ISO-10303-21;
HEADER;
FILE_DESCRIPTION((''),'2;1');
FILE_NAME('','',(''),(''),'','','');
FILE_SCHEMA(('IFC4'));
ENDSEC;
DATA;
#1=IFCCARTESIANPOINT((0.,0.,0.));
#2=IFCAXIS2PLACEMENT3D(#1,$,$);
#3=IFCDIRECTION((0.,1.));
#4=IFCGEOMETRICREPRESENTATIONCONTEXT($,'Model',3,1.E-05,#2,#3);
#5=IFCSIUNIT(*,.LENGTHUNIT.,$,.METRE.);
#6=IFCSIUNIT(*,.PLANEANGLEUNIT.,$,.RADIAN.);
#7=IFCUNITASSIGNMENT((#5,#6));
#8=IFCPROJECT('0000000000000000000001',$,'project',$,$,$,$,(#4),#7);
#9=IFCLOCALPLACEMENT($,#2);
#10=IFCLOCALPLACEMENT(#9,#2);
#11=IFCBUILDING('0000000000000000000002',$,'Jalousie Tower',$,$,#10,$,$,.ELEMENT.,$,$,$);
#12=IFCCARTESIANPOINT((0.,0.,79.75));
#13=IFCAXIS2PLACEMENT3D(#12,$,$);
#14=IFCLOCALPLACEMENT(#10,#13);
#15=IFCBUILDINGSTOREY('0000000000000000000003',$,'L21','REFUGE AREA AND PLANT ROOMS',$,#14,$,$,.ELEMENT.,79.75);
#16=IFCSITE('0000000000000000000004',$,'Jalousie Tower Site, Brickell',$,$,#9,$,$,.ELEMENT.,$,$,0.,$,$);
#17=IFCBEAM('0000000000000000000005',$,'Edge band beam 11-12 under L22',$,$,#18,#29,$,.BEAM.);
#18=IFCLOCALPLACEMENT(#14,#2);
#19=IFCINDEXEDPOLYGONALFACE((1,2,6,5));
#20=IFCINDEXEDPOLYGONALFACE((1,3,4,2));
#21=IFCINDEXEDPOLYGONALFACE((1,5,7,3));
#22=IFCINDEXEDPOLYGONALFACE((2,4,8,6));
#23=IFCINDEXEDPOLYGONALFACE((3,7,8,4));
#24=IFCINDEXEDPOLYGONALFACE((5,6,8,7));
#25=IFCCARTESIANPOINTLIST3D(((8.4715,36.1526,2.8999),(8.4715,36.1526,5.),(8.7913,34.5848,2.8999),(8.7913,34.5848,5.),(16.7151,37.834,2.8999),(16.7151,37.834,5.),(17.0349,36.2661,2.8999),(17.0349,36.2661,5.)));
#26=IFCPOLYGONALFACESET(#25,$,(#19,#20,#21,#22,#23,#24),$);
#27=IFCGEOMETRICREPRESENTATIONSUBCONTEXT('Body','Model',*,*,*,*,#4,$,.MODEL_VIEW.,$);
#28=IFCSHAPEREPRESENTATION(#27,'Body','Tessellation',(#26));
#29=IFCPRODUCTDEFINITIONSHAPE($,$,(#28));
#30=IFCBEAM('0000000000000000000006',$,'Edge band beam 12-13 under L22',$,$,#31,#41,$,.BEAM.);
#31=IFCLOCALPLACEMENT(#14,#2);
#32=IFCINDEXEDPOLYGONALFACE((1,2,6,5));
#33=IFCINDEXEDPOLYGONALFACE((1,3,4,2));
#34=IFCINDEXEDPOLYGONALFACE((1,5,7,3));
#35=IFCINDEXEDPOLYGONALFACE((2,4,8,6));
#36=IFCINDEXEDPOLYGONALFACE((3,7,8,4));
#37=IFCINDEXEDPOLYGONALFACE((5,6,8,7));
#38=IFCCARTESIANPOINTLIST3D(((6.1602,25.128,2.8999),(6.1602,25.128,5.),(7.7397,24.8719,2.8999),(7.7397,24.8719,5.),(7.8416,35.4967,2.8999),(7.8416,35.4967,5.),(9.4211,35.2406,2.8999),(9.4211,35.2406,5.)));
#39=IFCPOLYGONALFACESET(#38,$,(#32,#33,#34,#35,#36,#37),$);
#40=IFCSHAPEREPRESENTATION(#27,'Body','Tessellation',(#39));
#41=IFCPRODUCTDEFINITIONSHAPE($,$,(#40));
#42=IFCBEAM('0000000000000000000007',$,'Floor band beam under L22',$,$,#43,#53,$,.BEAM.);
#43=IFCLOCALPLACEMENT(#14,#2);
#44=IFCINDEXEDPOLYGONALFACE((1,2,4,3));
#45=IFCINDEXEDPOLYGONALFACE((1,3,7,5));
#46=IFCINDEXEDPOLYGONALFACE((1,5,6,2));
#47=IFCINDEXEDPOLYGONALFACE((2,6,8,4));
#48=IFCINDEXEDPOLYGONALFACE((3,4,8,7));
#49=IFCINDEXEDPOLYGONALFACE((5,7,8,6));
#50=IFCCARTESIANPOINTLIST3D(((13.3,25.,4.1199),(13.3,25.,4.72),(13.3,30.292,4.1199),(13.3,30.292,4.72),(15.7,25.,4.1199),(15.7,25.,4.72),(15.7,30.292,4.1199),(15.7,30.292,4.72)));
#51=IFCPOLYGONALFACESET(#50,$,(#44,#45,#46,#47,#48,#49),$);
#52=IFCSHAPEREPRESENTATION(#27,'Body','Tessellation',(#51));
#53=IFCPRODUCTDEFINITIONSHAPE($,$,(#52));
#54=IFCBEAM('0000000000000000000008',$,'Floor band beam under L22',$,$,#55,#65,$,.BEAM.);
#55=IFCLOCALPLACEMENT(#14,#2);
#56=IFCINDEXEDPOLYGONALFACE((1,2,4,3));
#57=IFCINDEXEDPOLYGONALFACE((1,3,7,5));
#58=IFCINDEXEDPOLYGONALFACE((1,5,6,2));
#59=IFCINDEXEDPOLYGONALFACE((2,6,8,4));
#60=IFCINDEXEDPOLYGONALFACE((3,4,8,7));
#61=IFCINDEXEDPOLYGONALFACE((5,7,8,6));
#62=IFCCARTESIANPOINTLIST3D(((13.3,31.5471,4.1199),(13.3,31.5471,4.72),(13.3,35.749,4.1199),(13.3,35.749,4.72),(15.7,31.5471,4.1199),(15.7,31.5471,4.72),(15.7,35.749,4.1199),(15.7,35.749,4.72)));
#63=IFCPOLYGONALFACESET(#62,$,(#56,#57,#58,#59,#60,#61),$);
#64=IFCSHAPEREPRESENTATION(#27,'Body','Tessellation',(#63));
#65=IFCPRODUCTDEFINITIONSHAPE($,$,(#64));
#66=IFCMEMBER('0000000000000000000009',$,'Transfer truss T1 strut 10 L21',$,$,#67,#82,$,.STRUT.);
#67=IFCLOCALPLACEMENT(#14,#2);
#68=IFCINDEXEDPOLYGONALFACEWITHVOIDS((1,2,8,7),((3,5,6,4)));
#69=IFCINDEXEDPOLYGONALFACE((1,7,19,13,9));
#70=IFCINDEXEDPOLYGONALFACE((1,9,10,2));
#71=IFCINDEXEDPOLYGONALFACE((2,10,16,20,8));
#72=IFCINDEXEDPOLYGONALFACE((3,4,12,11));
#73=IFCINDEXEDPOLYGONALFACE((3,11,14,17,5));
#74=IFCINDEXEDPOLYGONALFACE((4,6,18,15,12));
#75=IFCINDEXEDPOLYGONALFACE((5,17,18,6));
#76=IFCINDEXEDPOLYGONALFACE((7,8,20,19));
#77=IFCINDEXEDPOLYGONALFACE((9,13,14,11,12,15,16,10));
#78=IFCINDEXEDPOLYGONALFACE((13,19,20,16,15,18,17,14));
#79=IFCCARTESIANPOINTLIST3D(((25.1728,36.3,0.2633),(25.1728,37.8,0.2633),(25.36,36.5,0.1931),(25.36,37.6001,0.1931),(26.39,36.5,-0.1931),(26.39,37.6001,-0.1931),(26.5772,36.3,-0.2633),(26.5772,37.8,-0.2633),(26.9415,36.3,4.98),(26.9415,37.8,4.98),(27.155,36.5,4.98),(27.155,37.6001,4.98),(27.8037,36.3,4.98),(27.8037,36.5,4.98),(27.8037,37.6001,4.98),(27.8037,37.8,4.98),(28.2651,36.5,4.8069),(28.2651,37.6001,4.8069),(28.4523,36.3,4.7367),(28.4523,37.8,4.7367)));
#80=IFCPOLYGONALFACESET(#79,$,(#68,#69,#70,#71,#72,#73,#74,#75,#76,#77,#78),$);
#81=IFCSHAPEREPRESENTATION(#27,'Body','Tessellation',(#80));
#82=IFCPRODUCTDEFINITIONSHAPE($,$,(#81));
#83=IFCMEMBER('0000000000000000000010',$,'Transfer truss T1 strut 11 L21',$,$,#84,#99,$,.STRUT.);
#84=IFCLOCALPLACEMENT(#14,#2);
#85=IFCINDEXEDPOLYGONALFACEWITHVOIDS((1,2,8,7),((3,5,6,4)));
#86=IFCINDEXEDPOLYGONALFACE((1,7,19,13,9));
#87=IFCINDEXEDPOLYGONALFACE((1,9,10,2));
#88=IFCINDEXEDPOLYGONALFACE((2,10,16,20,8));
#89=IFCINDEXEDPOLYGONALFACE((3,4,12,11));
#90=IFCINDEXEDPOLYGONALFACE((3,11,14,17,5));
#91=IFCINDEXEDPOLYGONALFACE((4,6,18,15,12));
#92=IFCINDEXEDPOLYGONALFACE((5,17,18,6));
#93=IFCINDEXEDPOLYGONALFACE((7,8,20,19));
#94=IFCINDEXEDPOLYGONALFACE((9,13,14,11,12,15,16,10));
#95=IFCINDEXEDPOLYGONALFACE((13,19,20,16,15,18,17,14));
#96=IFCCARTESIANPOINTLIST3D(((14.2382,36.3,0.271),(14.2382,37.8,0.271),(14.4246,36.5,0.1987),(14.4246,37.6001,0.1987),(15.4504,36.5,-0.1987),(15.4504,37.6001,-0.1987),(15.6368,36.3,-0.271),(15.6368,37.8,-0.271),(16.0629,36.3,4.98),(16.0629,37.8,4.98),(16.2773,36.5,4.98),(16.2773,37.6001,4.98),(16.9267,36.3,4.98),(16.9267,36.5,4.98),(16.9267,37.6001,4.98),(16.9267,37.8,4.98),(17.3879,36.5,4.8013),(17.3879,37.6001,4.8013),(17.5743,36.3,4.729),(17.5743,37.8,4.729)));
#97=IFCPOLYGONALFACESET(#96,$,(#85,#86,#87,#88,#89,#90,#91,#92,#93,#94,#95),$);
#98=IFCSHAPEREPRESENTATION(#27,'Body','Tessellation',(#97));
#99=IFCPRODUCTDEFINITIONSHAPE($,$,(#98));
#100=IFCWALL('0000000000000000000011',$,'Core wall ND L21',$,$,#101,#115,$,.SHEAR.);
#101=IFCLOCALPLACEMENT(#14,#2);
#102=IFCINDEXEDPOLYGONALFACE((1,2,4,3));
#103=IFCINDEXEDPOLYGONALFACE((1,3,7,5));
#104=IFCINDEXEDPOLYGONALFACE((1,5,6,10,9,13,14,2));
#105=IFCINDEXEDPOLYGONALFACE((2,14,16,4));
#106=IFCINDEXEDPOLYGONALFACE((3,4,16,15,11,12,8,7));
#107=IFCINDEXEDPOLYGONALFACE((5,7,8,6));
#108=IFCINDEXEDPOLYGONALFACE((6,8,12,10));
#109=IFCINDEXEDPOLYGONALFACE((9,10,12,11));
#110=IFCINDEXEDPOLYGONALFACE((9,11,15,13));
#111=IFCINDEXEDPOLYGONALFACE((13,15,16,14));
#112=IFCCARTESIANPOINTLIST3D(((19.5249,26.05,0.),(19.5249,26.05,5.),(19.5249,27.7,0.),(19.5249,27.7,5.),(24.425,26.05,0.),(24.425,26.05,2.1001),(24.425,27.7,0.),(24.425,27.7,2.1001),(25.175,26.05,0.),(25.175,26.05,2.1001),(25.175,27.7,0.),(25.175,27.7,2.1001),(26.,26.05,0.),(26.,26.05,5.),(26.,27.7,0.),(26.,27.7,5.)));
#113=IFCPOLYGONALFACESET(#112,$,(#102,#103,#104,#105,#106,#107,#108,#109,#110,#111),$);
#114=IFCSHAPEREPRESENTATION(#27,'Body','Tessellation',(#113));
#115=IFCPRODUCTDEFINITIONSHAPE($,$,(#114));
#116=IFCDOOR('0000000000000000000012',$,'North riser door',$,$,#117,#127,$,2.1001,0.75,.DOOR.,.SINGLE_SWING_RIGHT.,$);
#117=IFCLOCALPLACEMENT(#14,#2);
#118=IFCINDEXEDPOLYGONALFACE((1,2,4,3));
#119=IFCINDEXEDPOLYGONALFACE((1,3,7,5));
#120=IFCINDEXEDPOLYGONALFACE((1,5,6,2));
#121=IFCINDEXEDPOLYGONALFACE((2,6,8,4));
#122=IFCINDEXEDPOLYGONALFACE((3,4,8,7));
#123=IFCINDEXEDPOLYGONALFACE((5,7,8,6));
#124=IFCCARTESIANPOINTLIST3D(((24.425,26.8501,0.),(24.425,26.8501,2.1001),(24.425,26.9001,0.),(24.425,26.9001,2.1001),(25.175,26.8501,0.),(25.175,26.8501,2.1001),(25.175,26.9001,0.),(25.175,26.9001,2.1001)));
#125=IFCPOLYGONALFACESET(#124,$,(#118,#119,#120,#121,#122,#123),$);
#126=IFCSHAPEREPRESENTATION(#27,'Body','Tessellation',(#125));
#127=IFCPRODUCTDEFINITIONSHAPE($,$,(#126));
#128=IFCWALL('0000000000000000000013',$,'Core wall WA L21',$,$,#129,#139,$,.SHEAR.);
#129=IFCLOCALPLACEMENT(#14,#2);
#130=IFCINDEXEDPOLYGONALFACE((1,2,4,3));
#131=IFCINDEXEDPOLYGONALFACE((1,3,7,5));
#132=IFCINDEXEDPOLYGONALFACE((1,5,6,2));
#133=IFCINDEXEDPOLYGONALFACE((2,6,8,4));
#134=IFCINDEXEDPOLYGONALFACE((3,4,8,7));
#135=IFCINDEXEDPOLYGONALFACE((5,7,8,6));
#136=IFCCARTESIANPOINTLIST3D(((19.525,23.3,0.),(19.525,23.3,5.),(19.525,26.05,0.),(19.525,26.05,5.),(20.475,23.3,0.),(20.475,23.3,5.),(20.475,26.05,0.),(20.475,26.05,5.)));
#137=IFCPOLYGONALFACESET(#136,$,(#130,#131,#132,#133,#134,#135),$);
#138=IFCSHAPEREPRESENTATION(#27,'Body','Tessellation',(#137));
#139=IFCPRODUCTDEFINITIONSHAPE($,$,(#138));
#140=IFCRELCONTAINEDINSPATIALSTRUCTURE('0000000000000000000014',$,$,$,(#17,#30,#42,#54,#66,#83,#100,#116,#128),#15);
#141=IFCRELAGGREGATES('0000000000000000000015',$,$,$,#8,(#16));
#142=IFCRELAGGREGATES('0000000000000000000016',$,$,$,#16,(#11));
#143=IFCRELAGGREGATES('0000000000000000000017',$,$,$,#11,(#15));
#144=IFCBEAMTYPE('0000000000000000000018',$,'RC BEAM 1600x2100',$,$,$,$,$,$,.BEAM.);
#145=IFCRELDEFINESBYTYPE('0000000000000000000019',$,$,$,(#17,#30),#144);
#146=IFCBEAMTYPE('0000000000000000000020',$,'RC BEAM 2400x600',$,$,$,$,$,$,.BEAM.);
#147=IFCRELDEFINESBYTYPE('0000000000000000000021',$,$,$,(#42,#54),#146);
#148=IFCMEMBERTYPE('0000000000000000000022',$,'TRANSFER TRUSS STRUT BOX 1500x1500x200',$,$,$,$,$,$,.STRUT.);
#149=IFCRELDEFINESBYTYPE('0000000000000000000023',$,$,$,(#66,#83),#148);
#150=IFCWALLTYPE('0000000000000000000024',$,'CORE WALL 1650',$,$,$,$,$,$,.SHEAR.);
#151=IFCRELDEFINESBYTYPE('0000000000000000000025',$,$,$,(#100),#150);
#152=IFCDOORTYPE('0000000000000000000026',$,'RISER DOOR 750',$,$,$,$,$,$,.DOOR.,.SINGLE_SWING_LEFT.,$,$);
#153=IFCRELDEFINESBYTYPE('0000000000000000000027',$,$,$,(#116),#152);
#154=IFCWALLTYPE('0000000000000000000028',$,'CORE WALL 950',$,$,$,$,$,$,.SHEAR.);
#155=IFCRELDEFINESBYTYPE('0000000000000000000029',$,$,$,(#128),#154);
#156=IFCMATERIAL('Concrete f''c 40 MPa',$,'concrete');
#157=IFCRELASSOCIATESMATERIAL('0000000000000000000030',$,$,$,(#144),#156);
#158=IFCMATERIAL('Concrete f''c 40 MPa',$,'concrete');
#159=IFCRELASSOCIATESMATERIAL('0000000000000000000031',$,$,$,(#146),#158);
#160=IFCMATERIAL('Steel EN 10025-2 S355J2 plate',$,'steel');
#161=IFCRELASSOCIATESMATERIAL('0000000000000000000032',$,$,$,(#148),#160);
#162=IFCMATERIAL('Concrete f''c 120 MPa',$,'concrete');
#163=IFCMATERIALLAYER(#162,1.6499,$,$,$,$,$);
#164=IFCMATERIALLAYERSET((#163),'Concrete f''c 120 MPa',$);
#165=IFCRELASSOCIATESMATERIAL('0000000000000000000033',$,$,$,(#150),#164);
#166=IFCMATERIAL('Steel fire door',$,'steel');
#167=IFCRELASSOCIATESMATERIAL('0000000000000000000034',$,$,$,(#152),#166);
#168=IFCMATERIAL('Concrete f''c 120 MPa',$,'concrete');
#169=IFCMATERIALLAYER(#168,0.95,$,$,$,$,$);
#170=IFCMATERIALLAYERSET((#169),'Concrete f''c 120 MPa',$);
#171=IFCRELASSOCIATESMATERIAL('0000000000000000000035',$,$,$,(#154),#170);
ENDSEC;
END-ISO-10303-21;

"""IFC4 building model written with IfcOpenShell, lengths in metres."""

from ifc_helpers import new_model, si_unit, direction, frame, frame_2d, origin, origin_2d, place, context, subcontext, project, spatial, rectangle, hollow_rectangle, extrude, clip, halfspace, material, layer, layer_set, material_profile, profile_set, type_object, element, fill, save


model = new_model("IFC4")

# Units and contexts
model_context = context("Model", 3, precision=1e-05, world=origin(), true_north=direction((0.0, 1.0)))
body_context = subcontext(model_context, "Body", "Model", "MODEL_VIEW")
ifc_project = project(units=[si_unit("LENGTHUNIT", "METRE"), si_unit("PLANEANGLEUNIT", "RADIAN")], contexts=[model_context])

# Site, building, storey
site_placement = place(None, origin())
site = spatial("IfcSite", under=ifc_project, at=site_placement, Name="Jalousie Tower Site, Brickell", CompositionType="ELEMENT", RefElevation=0.0)
building_placement = place(site_placement, origin())
building = spatial("IfcBuilding", under=site, at=building_placement, Name="Jalousie Tower", CompositionType="ELEMENT")
storey_placement = place(building_placement, frame((0.0, 0.0, 79.75)))
storey = spatial("IfcBuildingStorey", under=building, at=storey_placement, Name="L21", Description="REFUGE AREA AND PLANT ROOMS", CompositionType="ELEMENT", Elevation=79.75)

# Beams
ifc_material_1 = material(Name="Concrete f'c 40 MPa", Category="concrete")
ifc_material_profile_1 = material_profile(ifc_material_1, rectangle(XDim=1.6001, YDim=2.1001, at=origin_2d()), Name="RC 1600x2100")
ifc_profile_set_1 = profile_set([ifc_material_profile_1], Name="Concrete f'c 40 MPa")
beam_type_1 = type_object("IfcBeamType", Name="RC BEAM 1600x2100", PredefinedType="BEAM", material=ifc_profile_set_1)
beam_1_placement = place(storey_placement, frame((16.875, 37.05, 3.95), z_axis=(-0.979827, -0.199848, 0.0), x_axis=(0.199848, -0.979827, 0.0)))
element("IfcBeam", 1, at=beam_1_placement, inside=storey, type_object=beam_type_1, Name="Edge band beam 11-12 under L22", PredefinedType="BEAM", context=body_context, shape_type="SweptSolid", body=[
    extrude(rectangle(XDim=1.6001, YDim=2.1001, at=origin_2d()), origin(), (0.0, 0.0, 1.0), 8.4133),
])
beam_2_placement = place(storey_placement, frame((8.6313, 35.3687, 3.95), z_axis=(-0.160071, -0.987106, 0.0), x_axis=(0.987106, -0.160071, 0.0)))
element("IfcBeam", 2, at=beam_2_placement, inside=storey, type_object=beam_type_1, Name="Edge band beam 12-13 under L22", PredefinedType="BEAM", context=body_context, shape_type="SweptSolid", body=[
    extrude(rectangle(XDim=1.6001, YDim=2.1001, at=origin_2d()), origin(), (0.0, 0.0, 1.0), 10.5042),
])
ifc_material_2 = material(Name="Concrete f'c 40 MPa", Category="concrete")
ifc_material_profile_2 = material_profile(ifc_material_2, rectangle(XDim=2.3999, YDim=0.6001, at=origin_2d()), Name="RC 2400x600")
ifc_profile_set_2 = profile_set([ifc_material_profile_2], Name="Concrete f'c 40 MPa")
beam_type_2 = type_object("IfcBeamType", Name="RC BEAM 2400x600", PredefinedType="BEAM", material=ifc_profile_set_2)
beam_3_placement = place(storey_placement, frame((14.5, 25.0, 4.4199), z_axis=(0.0, 1.0, 0.0), x_axis=(-1.0, 0.0, 0.0)))
element("IfcBeam", 3, at=beam_3_placement, inside=storey, type_object=beam_type_2, Name="Floor band beam under L22", PredefinedType="BEAM", context=body_context, shape_type="SweptSolid", body=[
    extrude(rectangle(XDim=2.3999, YDim=0.6001, at=origin_2d()), origin(), (0.0, 0.0, 1.0), 5.292),
])
beam_4_placement = place(storey_placement, frame((14.5, 31.5471, 4.4199), z_axis=(0.0, 1.0, 0.0), x_axis=(-1.0, 0.0, 0.0)))
element("IfcBeam", 4, at=beam_4_placement, inside=storey, type_object=beam_type_2, Name="Floor band beam under L22", PredefinedType="BEAM", context=body_context, shape_type="SweptSolid", body=[
    extrude(rectangle(XDim=2.3999, YDim=0.6001, at=origin_2d()), origin(), (0.0, 0.0, 1.0), 4.2019),
])

# Members
ifc_material_3 = material(Name="Steel EN 10025-2 S355J2 plate", Category="steel")
ifc_material_profile_3 = material_profile(ifc_material_3, hollow_rectangle(XDim=1.5, YDim=1.5, WallThickness=0.2, at=origin_2d()), Name="BOX 1500x1500x200")
ifc_profile_set_3 = profile_set([ifc_material_profile_3], Name="Steel EN 10025-2 S355J2 plate")
member_type_1 = type_object("IfcMemberType", Name="TRANSFER TRUSS STRUT BOX 1500x1500x200", PredefinedType="STRUT", material=ifc_profile_set_3)
member_1_placement = place(storey_placement, frame((25.875, 37.05, 0.0), z_axis=(0.351123, 0.0, 0.936329), x_axis=(0.0, 1.0, 0.0)))
element("IfcMember", 5, at=member_1_placement, inside=storey, type_object=member_type_1, Name="Transfer truss T1 strut 10 L21", PredefinedType="STRUT", context=body_context, shape_type="Clipping", body=[
    clip(extrude(hollow_rectangle(XDim=1.5, YDim=1.5, WallThickness=0.2, at=origin_2d()), origin(), (0.0, 0.0, 1.0), 5.3401), halfspace(frame((0.0, 0.0, 5.3186), z_axis=(0.0, 0.351123, 0.936329)), False)),
])
member_2_placement = place(storey_placement, frame((14.9375, 37.05, 0.0), z_axis=(0.361321, 0.0, 0.932441), x_axis=(0.0, 1.0, 0.0)))
element("IfcMember", 6, at=member_2_placement, inside=storey, type_object=member_type_1, Name="Transfer truss T1 strut 11 L21", PredefinedType="STRUT", context=body_context, shape_type="Clipping", body=[
    clip(extrude(hollow_rectangle(XDim=1.5, YDim=1.5, WallThickness=0.2, at=origin_2d()), origin(), (0.0, 0.0, 1.0), 5.3623), halfspace(frame((0.0, 0.0, 5.3408), z_axis=(0.0, 0.361321, 0.932441)), False)),
])

# Wall, opening, door
ifc_material_4 = material(Name="Concrete f'c 120 MPa", Category="concrete")
ifc_layer_1 = layer(ifc_material_4, 1.6499)
ifc_layer_set_1 = layer_set([ifc_layer_1], Name="Concrete f'c 120 MPa")
wall_type_1 = type_object("IfcWallType", Name="CORE WALL 1650", PredefinedType="SHEAR", material=ifc_layer_set_1)
wall_1_placement = place(storey_placement, frame((26.0, 26.875, 0.0), z_axis=(0.0, 0.0, 1.0), x_axis=(-1.0, 0.0, 0.0)))
wall_1 = element("IfcWall", 7, at=wall_1_placement, inside=storey, type_object=wall_type_1, Name="Core wall ND L21", PredefinedType="SHEAR", context=body_context, shape_type="SweptSolid", body=[
    extrude(rectangle(XDim=6.4751, YDim=1.6499, at=frame_2d((3.2375, 0.0))), origin(), (0.0, 0.0, 1.0), 5.0),
])
opening_1_placement = place(wall_1_placement, frame((0.825, 0.0, 0.0)))
opening_1 = element("IfcOpeningElement", 8, at=opening_1_placement, cuts=wall_1, PredefinedType="OPENING", context=body_context, shape_type="SweptSolid", body=[
    extrude(rectangle(XDim=0.75, YDim=2.1001, at=frame_2d((0.375, 1.05))), frame((0.0, 0.835, 0.0), z_axis=(0.0, -1.0, 0.0), x_axis=(1.0, 0.0, 0.0)), (0.0, 0.0, 1.0), 1.6699),
])
ifc_material_5 = material(Name="Steel fire door", Category="steel")
door_type_1 = type_object("IfcDoorType", Name="RISER DOOR 750", OperationType="SINGLE_SWING_LEFT", PredefinedType="DOOR", material=ifc_material_5)
door_1_placement = place(opening_1_placement, origin())
door_1 = element("IfcDoor", 9, at=door_1_placement, inside=storey, type_object=door_type_1, Name="North riser door", OperationType="SINGLE_SWING_RIGHT", OverallHeight=2.1001, OverallWidth=0.75, PredefinedType="DOOR", context=body_context, shape_type="SweptSolid", body=[
    extrude(rectangle(XDim=0.75, YDim=2.1001, at=frame_2d((0.375, 1.05))), frame((0.0, 0.0249, 0.0), z_axis=(0.0, -1.0, 0.0), x_axis=(1.0, 0.0, 0.0)), (0.0, 0.0, 1.0), 0.05),
])
fill(opening_1, door_1)

# Wall
ifc_material_6 = material(Name="Concrete f'c 120 MPa", Category="concrete")
ifc_layer_2 = layer(ifc_material_6, 0.95)
ifc_layer_set_2 = layer_set([ifc_layer_2], Name="Concrete f'c 120 MPa")
wall_type_2 = type_object("IfcWallType", Name="CORE WALL 950", PredefinedType="SHEAR", material=ifc_layer_set_2)
wall_2_placement = place(storey_placement, frame((20.0, 26.05, 0.0), z_axis=(0.0, 0.0, 1.0), x_axis=(0.0, -1.0, 0.0)))
element("IfcWall", 10, at=wall_2_placement, inside=storey, type_object=wall_type_2, Name="Core wall WA L21", PredefinedType="SHEAR", context=body_context, shape_type="SweptSolid", body=[
    extrude(rectangle(XDim=2.75, YDim=0.95, at=frame_2d((1.375, 0.0))), origin(), (0.0, 0.0, 1.0), 5.0),
])

save(model, "model.ifc")
